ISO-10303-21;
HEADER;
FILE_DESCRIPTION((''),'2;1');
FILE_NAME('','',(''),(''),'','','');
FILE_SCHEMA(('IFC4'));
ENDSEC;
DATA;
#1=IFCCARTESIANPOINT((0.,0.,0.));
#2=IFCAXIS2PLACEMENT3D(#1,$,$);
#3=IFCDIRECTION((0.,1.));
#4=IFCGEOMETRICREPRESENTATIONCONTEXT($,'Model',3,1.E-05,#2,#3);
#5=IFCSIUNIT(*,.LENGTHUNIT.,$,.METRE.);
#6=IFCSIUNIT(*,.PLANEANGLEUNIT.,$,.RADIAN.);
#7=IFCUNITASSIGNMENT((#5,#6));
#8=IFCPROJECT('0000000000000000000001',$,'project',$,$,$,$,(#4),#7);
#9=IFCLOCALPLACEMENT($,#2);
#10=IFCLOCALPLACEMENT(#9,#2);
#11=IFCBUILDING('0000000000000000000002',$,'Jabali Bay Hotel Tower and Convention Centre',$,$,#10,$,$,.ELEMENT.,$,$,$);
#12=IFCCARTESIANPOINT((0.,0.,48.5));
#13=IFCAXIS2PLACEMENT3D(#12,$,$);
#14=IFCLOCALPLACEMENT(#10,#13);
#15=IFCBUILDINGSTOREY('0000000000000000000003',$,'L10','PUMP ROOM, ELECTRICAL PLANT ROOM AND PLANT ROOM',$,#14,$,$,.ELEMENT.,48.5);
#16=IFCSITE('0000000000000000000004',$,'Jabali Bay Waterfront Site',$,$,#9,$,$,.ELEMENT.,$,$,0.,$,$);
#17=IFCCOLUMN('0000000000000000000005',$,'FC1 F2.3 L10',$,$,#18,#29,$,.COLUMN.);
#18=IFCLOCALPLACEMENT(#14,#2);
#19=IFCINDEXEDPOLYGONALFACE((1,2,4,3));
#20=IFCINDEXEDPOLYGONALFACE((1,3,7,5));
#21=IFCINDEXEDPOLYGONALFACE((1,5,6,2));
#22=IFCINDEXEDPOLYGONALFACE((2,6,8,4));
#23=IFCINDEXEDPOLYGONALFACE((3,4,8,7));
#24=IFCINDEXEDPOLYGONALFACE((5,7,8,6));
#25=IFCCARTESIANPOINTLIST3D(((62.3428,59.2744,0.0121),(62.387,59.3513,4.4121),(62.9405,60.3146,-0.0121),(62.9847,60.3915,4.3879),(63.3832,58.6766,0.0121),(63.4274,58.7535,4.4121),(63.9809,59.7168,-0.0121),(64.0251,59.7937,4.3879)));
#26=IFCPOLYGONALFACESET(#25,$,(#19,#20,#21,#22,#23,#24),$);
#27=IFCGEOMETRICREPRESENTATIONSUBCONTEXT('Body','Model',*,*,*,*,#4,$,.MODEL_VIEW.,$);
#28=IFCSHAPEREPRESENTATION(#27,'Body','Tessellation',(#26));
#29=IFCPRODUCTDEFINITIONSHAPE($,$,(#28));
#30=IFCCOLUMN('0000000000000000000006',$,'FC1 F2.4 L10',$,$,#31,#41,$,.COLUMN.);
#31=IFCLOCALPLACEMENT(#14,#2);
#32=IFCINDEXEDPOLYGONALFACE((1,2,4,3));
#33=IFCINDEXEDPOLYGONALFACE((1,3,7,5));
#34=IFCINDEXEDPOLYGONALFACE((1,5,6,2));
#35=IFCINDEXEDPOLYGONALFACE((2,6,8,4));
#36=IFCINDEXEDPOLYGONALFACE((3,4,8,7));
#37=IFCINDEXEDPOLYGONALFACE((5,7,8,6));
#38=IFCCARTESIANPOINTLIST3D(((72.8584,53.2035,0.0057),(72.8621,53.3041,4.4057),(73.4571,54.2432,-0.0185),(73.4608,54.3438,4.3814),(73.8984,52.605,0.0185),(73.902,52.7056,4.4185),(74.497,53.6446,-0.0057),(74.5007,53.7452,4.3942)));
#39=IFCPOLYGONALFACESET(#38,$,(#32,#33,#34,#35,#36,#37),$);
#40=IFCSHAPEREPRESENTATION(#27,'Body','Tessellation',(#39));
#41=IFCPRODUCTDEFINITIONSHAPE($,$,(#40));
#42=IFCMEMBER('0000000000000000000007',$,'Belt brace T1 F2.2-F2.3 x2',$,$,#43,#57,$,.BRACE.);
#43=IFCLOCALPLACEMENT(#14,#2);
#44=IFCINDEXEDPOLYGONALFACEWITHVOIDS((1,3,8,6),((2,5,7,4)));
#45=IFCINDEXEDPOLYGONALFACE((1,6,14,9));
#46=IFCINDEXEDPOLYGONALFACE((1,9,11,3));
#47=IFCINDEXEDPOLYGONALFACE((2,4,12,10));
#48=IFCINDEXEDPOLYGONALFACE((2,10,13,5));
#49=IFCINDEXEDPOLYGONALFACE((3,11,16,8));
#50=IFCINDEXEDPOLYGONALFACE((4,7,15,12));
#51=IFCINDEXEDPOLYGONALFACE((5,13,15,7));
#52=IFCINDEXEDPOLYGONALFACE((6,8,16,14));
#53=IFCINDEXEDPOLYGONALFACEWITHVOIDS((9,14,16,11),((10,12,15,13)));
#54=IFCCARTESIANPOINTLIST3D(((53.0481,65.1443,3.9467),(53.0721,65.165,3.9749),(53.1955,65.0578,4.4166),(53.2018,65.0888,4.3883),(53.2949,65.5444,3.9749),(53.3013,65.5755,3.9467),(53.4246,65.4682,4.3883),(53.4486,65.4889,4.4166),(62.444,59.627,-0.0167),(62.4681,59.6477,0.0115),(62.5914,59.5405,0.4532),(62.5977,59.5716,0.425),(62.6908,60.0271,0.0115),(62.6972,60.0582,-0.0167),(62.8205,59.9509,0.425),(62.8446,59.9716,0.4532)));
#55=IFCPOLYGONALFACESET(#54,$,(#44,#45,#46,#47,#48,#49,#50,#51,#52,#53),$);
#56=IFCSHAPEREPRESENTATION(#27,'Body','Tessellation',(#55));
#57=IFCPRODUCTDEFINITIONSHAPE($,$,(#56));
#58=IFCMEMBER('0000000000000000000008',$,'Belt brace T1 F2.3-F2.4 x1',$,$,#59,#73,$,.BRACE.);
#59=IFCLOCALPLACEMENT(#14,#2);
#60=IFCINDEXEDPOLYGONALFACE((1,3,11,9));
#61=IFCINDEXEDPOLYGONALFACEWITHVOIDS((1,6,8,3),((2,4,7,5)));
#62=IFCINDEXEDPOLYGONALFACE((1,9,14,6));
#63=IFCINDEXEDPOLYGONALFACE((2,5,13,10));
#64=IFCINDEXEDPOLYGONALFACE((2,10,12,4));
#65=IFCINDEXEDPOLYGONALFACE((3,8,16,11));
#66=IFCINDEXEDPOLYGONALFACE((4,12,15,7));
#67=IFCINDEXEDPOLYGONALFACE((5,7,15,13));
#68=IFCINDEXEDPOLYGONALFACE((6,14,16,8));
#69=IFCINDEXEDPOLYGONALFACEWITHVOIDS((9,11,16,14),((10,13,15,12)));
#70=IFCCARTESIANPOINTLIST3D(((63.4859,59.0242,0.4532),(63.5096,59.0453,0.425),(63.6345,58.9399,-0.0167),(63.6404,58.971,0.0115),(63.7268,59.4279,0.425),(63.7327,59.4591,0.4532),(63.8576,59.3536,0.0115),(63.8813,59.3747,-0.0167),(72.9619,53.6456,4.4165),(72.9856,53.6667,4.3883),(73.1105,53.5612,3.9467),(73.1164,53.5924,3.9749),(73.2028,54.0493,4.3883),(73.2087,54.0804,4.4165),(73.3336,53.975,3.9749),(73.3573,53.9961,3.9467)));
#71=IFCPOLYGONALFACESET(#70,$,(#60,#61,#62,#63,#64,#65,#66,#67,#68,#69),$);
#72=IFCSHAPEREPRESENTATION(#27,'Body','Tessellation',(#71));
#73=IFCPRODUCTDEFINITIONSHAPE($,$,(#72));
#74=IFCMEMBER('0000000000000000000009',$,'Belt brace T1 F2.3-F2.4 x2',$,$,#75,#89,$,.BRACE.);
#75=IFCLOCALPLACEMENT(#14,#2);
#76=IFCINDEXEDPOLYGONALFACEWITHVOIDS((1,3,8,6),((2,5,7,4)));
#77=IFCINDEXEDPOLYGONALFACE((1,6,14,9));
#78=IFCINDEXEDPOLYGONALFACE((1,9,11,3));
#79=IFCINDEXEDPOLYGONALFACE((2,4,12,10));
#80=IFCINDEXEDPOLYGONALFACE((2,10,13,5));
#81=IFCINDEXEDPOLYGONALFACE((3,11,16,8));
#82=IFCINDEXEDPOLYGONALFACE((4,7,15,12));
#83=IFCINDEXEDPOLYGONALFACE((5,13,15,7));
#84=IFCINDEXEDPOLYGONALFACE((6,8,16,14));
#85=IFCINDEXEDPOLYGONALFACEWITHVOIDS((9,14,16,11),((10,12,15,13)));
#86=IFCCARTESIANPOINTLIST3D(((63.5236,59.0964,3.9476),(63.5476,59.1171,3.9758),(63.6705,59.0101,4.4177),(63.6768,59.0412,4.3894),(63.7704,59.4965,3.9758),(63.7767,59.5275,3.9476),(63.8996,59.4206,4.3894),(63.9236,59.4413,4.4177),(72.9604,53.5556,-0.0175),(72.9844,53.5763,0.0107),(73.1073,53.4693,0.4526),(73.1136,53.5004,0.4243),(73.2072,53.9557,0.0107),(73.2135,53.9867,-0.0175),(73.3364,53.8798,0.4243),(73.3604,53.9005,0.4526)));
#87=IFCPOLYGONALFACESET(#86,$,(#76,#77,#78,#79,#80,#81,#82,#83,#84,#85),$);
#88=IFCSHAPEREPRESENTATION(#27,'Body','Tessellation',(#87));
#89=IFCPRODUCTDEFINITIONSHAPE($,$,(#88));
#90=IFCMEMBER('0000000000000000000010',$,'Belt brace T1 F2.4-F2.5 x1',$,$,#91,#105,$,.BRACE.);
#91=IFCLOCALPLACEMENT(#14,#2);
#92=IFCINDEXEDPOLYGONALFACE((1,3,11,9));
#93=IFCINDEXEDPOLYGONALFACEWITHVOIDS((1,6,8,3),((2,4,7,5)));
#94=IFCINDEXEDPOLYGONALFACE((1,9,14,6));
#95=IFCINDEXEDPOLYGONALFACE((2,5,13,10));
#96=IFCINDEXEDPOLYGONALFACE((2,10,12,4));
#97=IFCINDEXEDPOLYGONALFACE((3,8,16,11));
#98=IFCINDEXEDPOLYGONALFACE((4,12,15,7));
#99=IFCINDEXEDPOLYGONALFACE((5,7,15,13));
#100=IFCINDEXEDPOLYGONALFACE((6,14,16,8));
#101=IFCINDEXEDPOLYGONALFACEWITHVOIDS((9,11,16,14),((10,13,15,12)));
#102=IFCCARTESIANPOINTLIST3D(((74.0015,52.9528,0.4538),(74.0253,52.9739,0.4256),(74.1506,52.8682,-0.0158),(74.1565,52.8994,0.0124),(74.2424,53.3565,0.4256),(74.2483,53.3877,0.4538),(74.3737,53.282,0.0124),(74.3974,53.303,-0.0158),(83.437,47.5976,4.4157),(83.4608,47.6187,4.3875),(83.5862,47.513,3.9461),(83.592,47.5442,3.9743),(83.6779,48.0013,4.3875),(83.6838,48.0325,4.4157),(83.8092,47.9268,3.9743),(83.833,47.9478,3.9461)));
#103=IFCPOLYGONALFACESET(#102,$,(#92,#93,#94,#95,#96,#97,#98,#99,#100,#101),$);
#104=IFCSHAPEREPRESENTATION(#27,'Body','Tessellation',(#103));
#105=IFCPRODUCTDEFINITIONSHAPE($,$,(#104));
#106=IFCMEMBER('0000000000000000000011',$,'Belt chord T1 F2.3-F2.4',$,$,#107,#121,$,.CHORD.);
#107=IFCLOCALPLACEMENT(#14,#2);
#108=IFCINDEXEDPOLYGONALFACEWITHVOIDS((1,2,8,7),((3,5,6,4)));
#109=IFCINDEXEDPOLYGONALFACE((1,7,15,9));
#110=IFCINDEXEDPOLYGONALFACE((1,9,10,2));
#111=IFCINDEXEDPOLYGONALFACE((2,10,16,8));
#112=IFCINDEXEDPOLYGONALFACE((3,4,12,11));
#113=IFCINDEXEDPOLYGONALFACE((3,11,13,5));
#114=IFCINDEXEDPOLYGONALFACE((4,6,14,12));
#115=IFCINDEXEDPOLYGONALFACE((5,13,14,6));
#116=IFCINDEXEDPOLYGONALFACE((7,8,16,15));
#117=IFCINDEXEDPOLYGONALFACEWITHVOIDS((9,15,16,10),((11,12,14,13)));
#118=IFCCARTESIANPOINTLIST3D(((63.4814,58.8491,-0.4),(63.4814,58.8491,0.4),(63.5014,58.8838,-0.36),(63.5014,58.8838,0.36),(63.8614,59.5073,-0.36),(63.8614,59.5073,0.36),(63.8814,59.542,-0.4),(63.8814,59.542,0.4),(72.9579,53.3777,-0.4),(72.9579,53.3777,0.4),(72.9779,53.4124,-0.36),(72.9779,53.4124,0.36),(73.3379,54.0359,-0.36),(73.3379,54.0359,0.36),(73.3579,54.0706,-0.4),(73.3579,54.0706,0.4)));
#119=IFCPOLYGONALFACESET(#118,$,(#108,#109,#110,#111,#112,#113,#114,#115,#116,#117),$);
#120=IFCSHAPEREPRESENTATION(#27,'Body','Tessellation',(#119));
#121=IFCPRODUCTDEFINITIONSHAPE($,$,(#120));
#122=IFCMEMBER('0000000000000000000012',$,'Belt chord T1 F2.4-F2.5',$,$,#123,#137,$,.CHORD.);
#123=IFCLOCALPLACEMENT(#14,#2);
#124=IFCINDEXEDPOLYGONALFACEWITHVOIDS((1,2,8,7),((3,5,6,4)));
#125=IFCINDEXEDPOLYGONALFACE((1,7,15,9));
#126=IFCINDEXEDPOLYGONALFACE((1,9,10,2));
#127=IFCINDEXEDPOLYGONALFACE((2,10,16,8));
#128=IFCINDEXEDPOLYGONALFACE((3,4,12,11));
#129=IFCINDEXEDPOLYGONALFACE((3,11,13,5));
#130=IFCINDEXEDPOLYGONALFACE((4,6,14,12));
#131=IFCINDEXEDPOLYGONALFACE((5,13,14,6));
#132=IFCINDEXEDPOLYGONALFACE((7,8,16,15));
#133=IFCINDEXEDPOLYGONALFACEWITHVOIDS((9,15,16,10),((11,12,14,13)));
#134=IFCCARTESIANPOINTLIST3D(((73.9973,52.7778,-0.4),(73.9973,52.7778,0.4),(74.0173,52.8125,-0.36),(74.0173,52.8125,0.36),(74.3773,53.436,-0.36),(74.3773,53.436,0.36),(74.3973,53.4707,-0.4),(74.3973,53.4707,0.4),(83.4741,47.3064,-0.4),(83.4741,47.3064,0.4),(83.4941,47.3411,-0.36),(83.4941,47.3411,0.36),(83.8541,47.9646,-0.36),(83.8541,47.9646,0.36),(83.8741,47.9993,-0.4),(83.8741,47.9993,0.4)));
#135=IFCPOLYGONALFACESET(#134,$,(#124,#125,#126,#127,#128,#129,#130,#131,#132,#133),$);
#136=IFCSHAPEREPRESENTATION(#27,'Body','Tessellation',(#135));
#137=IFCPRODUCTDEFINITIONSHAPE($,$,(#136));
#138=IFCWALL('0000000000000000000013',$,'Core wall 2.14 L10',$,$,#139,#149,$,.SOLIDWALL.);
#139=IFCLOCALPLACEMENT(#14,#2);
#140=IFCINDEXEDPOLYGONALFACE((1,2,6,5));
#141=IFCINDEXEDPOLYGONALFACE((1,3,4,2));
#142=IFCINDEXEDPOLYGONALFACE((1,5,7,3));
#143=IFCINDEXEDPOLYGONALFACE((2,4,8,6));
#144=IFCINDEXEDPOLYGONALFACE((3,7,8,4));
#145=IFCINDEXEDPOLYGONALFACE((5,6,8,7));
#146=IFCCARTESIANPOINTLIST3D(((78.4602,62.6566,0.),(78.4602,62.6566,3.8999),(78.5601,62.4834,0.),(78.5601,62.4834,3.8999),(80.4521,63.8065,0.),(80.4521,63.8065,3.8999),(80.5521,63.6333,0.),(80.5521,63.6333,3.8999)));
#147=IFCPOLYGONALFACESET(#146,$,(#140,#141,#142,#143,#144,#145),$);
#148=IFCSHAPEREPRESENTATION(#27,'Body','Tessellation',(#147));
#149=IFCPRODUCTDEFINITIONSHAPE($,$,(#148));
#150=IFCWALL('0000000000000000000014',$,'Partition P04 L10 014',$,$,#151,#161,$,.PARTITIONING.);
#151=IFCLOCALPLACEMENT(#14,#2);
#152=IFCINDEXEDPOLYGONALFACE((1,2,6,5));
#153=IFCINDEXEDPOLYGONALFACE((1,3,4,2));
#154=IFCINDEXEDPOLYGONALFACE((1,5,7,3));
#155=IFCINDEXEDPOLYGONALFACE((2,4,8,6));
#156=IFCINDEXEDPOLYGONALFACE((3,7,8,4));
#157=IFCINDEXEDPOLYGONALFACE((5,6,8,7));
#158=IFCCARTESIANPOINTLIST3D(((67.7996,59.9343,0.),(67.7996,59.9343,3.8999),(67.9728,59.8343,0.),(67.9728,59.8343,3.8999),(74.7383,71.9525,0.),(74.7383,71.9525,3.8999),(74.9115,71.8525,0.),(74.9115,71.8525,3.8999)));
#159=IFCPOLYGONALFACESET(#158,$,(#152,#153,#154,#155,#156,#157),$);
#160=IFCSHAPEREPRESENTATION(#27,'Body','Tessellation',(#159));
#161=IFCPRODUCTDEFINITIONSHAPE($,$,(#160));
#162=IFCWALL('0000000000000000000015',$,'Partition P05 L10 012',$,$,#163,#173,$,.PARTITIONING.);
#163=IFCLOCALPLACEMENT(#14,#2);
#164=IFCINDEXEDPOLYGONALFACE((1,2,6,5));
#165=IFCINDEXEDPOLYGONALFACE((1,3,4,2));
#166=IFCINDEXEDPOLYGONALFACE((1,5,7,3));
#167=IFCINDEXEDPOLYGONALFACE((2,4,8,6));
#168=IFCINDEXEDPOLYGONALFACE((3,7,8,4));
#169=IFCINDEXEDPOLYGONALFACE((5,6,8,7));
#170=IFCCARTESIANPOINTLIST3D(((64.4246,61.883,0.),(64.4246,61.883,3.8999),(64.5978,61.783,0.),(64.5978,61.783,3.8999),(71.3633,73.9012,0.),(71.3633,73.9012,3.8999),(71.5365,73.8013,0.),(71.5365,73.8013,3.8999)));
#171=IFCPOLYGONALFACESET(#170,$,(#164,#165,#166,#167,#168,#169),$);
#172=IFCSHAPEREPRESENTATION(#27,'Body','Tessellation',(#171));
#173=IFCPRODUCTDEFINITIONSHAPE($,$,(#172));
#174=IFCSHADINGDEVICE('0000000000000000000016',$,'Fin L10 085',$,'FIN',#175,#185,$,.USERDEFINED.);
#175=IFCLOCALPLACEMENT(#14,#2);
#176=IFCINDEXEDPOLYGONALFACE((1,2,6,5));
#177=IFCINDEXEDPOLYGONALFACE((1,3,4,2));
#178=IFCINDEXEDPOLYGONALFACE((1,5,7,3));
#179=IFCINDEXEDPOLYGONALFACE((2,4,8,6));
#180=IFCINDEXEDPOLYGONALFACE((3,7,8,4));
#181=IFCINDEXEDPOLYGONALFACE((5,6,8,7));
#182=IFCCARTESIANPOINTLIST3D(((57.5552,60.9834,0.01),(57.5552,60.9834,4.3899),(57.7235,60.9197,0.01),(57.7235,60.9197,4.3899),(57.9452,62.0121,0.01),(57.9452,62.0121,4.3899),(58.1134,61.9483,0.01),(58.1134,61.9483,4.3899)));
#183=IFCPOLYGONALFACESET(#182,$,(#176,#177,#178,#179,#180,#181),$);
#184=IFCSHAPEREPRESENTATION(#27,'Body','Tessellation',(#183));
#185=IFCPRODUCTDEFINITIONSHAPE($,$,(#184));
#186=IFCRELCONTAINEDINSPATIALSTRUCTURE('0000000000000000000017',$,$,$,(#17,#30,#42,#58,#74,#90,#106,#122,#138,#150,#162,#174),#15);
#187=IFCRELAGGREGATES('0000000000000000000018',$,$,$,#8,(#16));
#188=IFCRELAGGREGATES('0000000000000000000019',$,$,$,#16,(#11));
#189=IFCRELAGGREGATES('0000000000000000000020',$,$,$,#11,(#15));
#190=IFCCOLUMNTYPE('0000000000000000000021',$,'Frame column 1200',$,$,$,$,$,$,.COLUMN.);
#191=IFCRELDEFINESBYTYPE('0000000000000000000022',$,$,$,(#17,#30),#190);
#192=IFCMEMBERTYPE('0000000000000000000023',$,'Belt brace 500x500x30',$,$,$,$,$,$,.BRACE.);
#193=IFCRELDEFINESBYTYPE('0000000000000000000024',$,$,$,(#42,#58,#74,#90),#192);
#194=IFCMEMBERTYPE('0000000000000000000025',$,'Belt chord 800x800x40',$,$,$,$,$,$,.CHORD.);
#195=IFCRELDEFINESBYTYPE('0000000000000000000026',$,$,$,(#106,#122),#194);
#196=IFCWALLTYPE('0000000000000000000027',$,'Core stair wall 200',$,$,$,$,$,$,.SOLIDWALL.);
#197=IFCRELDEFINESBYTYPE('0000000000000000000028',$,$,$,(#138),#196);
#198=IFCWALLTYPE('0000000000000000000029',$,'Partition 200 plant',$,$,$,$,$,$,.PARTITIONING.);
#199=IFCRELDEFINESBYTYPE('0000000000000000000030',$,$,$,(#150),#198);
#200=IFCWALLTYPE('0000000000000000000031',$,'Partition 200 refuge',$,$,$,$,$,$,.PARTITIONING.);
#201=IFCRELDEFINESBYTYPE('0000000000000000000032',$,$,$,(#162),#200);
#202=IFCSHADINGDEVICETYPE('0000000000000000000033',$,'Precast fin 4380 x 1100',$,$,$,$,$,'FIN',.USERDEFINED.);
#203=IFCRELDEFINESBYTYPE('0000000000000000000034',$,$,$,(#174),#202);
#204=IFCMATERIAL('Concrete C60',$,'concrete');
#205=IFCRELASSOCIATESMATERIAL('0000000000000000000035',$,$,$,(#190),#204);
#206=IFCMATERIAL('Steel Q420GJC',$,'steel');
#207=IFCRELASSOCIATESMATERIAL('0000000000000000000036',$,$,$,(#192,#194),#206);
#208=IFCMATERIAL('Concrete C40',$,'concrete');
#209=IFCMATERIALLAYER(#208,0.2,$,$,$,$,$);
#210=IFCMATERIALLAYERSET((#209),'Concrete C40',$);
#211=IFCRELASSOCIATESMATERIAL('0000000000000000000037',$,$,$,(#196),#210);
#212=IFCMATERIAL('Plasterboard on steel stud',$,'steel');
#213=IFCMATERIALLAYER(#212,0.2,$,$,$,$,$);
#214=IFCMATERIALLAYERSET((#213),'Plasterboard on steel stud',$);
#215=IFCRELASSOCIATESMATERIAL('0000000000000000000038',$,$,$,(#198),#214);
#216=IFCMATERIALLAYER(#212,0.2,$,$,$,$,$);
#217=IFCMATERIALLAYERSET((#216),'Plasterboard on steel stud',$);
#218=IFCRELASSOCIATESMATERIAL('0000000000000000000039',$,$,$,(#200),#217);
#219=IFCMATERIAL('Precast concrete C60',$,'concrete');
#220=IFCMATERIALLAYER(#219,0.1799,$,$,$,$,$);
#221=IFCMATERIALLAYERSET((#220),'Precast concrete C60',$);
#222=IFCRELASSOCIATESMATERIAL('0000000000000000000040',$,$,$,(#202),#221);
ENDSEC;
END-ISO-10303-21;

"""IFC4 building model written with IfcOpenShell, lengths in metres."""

from ifc_helpers import new_model, si_unit, direction, frame, frame_2d, origin, origin_2d, place, context, subcontext, project, spatial, rectangle, hollow_rectangle, extrude, material, layer, layer_set, material_profile, profile_set, type_object, element, save


model = new_model("IFC4")

# Units and contexts
model_context = context("Model", 3, precision=1e-05, world=origin(), true_north=direction((0.0, 1.0)))
body_context = subcontext(model_context, "Body", "Model", "MODEL_VIEW")
ifc_project = project(units=[si_unit("LENGTHUNIT", "METRE"), si_unit("PLANEANGLEUNIT", "RADIAN")], contexts=[model_context])

# Site, building, storey
site_placement = place(None, origin())
site = spatial("IfcSite", under=ifc_project, at=site_placement, Name="Jabali Bay Waterfront Site", CompositionType="ELEMENT", RefElevation=0.0)
building_placement = place(site_placement, origin())
building = spatial("IfcBuilding", under=site, at=building_placement, Name="Jabali Bay Hotel Tower and Convention Centre", CompositionType="ELEMENT")
storey_placement = place(building_placement, frame((0.0, 0.0, 48.5)))
storey = spatial("IfcBuildingStorey", under=building, at=storey_placement, Name="L10", Description="PUMP ROOM, ELECTRICAL PLANT ROOM AND PLANT ROOM", CompositionType="ELEMENT", Elevation=48.5)

# Columns
ifc_material_1 = material(Name="Concrete C60", Category="concrete")
ifc_material_profile_1 = material_profile(ifc_material_1, rectangle(XDim=1.2, YDim=1.2, at=origin_2d()), Name="Frame column 1200")
ifc_profile_set_1 = profile_set([ifc_material_profile_1], Name="Concrete C60")
column_type = type_object("IfcColumnType", Name="Frame column 1200", PredefinedType="COLUMN", material=ifc_profile_set_1)
column_1_placement = place(storey_placement, frame((63.1619, 59.4956, 0.0), z_axis=(0.010041, 0.017475, 0.999797), x_axis=(-0.498116, -0.866876, 0.020155)))
element("IfcColumn", 1, at=column_1_placement, inside=storey, type_object=column_type, Name="FC1 F2.3 L10", PredefinedType="COLUMN", context=body_context, shape_type="SweptSolid", body=[
    extrude(rectangle(XDim=1.2, YDim=1.2, at=origin_2d()), origin(), (0.0, 0.0, 1.0), 4.4009),
])
column_2_placement = place(storey_placement, frame((73.6777, 53.4241, 0.0), z_axis=(0.000832, 0.022855, 0.999738), x_axis=(-0.498932, -0.866405, 0.020222)))
element("IfcColumn", 2, at=column_2_placement, inside=storey, type_object=column_type, Name="FC1 F2.4 L10", PredefinedType="COLUMN", context=body_context, shape_type="SweptSolid", body=[
    extrude(rectangle(XDim=1.2, YDim=1.2, at=origin_2d()), origin(), (0.0, 0.0, 1.0), 4.4011),
])

# Members
ifc_material_2 = material(Name="Steel Q420GJC", Category="steel")
ifc_material_profile_2 = material_profile(ifc_material_2, hollow_rectangle(XDim=0.5, YDim=0.5, WallThickness=0.03, at=origin_2d()), Name="Belt brace 500x500x30")
ifc_profile_set_2 = profile_set([ifc_material_profile_2], Name="Steel Q420GJC")
member_type_1 = type_object("IfcMemberType", Name="Belt brace 500x500x30", PredefinedType="BRACE", material=ifc_profile_set_2)
for number, where, z_axis, x_axis, name in (
    (3, (62.6443, 59.7993, 0.2183), (-0.810379, 0.475855, 0.341831), (-0.506357, -0.862324, 0.0), "Belt brace T1 F2.2-F2.3 x2"),
    (4, (63.6836, 59.1995, 0.2183), (0.817285, -0.463894, 0.34183), (0.49363, 0.869672, 0.0), "Belt brace T1 F2.3-F2.4 x1"),
):
    element("IfcMember", number, at=place(storey_placement, frame(where, z_axis=z_axis, x_axis=x_axis)), inside=storey, type_object=member_type_1, Name=name, PredefinedType="BRACE", context=body_context, shape_type="SweptSolid", body=[
        extrude(hollow_rectangle(XDim=0.5, YDim=0.5, WallThickness=0.03, at=origin_2d()), origin(), (0.0, 0.0, 1.0), 11.5945),
    ])
member_1_placement = place(storey_placement, frame((73.1604, 53.728, 0.2175), z_axis=(-0.810764, 0.476038, 0.340662), x_axis=(-0.506323, -0.862344, 0.0)))
element("IfcMember", 5, at=member_1_placement, inside=storey, type_object=member_type_1, Name="Belt brace T1 F2.3-F2.4 x2", PredefinedType="BRACE", context=body_context, shape_type="SweptSolid", body=[
    extrude(hollow_rectangle(XDim=0.5, YDim=0.5, WallThickness=0.03, at=origin_2d()), origin(), (0.0, 0.0, 1.0), 11.6394),
])
member_2_placement = place(storey_placement, frame((74.1995, 53.1279, 0.219), z_axis=(0.816924, -0.463652, 0.34302), x_axis=(0.4936, 0.869689, 0.0)))
element("IfcMember", 6, at=member_2_placement, inside=storey, type_object=member_type_1, Name="Belt brace T1 F2.4-F2.5 x1", PredefinedType="BRACE", context=body_context, shape_type="SweptSolid", body=[
    extrude(hollow_rectangle(XDim=0.5, YDim=0.5, WallThickness=0.03, at=origin_2d()), origin(), (0.0, 0.0, 1.0), 11.55),
])
ifc_material_profile_3 = material_profile(ifc_material_2, hollow_rectangle(XDim=0.8, YDim=0.8, WallThickness=0.04, at=origin_2d()), Name="Belt chord 800x800x40")
ifc_profile_set_3 = profile_set([ifc_material_profile_3], Name="Steel Q420GJC")
member_type_2 = type_object("IfcMemberType", Name="Belt chord 800x800x40", PredefinedType="CHORD", material=ifc_profile_set_3)
member_3_placement = place(storey_placement, frame((63.6814, 59.1956, 0.0), z_axis=(0.86602, -0.50001, 0.0), x_axis=(0.50001, 0.86602, 0.0)))
element("IfcMember", 7, at=member_3_placement, inside=storey, type_object=member_type_2, Name="Belt chord T1 F2.3-F2.4", PredefinedType="CHORD", context=body_context, shape_type="SweptSolid", body=[
    extrude(hollow_rectangle(XDim=0.8, YDim=0.8, WallThickness=0.04, at=origin_2d()), origin(), (0.0, 0.0, 1.0), 10.9426),
])
member_4_placement = place(storey_placement, frame((74.1973, 53.1243, 0.0), z_axis=(0.866025, -0.5, 0.0), x_axis=(0.5, 0.866025, 0.0)))
element("IfcMember", 8, at=member_4_placement, inside=storey, type_object=member_type_2, Name="Belt chord T1 F2.4-F2.5", PredefinedType="CHORD", context=body_context, shape_type="SweptSolid", body=[
    extrude(hollow_rectangle(XDim=0.8, YDim=0.8, WallThickness=0.04, at=origin_2d()), origin(), (0.0, 0.0, 1.0), 10.9429),
])

# Walls
ifc_material_3 = material(Name="Concrete C40", Category="concrete")
ifc_layer_1 = layer(ifc_material_3, 0.2)
ifc_layer_set_1 = layer_set([ifc_layer_1], Name="Concrete C40")
wall_type_1 = type_object("IfcWallType", Name="Core stair wall 200", PredefinedType="SOLIDWALL", material=ifc_layer_set_1)
wall_1_placement = place(storey_placement, frame((78.5103, 62.5701, 0.0), z_axis=(0.0, 0.0, 1.0), x_axis=(0.866053, 0.499952, 0.0)))
element("IfcWall", 9, at=wall_1_placement, inside=storey, type_object=wall_type_1, Name="Core wall 2.14 L10", PredefinedType="SOLIDWALL", context=body_context, shape_type="SweptSolid", body=[
    extrude(rectangle(XDim=2.3, YDim=0.2, at=frame_2d((1.1499, 0.0))), origin(), (0.0, 0.0, 1.0), 3.8999),
])
ifc_material_4 = material(Name="Plasterboard on steel stud", Category="steel")
ifc_layer_2 = layer(ifc_material_4, 0.2)
ifc_layer_set_2 = layer_set([ifc_layer_2], Name="Plasterboard on steel stud")
wall_type_2 = type_object("IfcWallType", Name="Partition 200 plant", PredefinedType="PARTITIONING", material=ifc_layer_set_2)
wall_2_placement = place(storey_placement, frame((67.8862, 59.8843, 0.0), z_axis=(0.0, 0.0, 1.0), x_axis=(0.499997, 0.866027, 0.0)))
element("IfcWall", 10, at=wall_2_placement, inside=storey, type_object=wall_type_2, Name="Partition P04 L10 014", PredefinedType="PARTITIONING", context=body_context, shape_type="SweptSolid", body=[
    extrude(rectangle(XDim=13.8774, YDim=0.2, at=frame_2d((6.9387, 0.0))), origin(), (0.0, 0.0, 1.0), 3.8999),
])
ifc_layer_3 = layer(ifc_material_4, 0.2)
ifc_layer_set_3 = layer_set([ifc_layer_3], Name="Plasterboard on steel stud")
wall_type_3 = type_object("IfcWallType", Name="Partition 200 refuge", PredefinedType="PARTITIONING", material=ifc_layer_set_3)
wall_3_placement = place(storey_placement, frame((64.5112, 61.833, 0.0), z_axis=(0.0, 0.0, 1.0), x_axis=(0.499997, 0.866027, 0.0)))
element("IfcWall", 11, at=wall_3_placement, inside=storey, type_object=wall_type_3, Name="Partition P05 L10 012", PredefinedType="PARTITIONING", context=body_context, shape_type="SweptSolid", body=[
    extrude(rectangle(XDim=13.8774, YDim=0.2, at=frame_2d((6.9387, 0.0))), origin(), (0.0, 0.0, 1.0), 3.8999),
])

# Shading device
ifc_material_5 = material(Name="Precast concrete C60", Category="concrete")
ifc_layer_4 = layer(ifc_material_5, 0.1799)
ifc_layer_set_4 = layer_set([ifc_layer_4], Name="Precast concrete C60")
shading_device_type_1 = type_object("IfcShadingDeviceType", Name="Precast fin 4380 x 1100", ElementType="FIN", PredefinedType="USERDEFINED", material=ifc_layer_set_4)
shading_device_1_placement = place(storey_placement, frame((58.0293, 61.9802, 0.01), z_axis=(0.0, 0.0, 1.0), x_axis=(-0.354454, -0.935074, 0.0)))
element("IfcShadingDevice", 12, at=shading_device_1_placement, inside=storey, type_object=shading_device_type_1, Name="Fin L10 085", ObjectType="FIN", PredefinedType="USERDEFINED", context=body_context, shape_type="SweptSolid", body=[
    extrude(rectangle(XDim=1.1001, YDim=0.1799, at=frame_2d((0.55, 0.0))), origin(), (0.0, 0.0, 1.0), 4.3799),
])

save(model, "model.ifc")
